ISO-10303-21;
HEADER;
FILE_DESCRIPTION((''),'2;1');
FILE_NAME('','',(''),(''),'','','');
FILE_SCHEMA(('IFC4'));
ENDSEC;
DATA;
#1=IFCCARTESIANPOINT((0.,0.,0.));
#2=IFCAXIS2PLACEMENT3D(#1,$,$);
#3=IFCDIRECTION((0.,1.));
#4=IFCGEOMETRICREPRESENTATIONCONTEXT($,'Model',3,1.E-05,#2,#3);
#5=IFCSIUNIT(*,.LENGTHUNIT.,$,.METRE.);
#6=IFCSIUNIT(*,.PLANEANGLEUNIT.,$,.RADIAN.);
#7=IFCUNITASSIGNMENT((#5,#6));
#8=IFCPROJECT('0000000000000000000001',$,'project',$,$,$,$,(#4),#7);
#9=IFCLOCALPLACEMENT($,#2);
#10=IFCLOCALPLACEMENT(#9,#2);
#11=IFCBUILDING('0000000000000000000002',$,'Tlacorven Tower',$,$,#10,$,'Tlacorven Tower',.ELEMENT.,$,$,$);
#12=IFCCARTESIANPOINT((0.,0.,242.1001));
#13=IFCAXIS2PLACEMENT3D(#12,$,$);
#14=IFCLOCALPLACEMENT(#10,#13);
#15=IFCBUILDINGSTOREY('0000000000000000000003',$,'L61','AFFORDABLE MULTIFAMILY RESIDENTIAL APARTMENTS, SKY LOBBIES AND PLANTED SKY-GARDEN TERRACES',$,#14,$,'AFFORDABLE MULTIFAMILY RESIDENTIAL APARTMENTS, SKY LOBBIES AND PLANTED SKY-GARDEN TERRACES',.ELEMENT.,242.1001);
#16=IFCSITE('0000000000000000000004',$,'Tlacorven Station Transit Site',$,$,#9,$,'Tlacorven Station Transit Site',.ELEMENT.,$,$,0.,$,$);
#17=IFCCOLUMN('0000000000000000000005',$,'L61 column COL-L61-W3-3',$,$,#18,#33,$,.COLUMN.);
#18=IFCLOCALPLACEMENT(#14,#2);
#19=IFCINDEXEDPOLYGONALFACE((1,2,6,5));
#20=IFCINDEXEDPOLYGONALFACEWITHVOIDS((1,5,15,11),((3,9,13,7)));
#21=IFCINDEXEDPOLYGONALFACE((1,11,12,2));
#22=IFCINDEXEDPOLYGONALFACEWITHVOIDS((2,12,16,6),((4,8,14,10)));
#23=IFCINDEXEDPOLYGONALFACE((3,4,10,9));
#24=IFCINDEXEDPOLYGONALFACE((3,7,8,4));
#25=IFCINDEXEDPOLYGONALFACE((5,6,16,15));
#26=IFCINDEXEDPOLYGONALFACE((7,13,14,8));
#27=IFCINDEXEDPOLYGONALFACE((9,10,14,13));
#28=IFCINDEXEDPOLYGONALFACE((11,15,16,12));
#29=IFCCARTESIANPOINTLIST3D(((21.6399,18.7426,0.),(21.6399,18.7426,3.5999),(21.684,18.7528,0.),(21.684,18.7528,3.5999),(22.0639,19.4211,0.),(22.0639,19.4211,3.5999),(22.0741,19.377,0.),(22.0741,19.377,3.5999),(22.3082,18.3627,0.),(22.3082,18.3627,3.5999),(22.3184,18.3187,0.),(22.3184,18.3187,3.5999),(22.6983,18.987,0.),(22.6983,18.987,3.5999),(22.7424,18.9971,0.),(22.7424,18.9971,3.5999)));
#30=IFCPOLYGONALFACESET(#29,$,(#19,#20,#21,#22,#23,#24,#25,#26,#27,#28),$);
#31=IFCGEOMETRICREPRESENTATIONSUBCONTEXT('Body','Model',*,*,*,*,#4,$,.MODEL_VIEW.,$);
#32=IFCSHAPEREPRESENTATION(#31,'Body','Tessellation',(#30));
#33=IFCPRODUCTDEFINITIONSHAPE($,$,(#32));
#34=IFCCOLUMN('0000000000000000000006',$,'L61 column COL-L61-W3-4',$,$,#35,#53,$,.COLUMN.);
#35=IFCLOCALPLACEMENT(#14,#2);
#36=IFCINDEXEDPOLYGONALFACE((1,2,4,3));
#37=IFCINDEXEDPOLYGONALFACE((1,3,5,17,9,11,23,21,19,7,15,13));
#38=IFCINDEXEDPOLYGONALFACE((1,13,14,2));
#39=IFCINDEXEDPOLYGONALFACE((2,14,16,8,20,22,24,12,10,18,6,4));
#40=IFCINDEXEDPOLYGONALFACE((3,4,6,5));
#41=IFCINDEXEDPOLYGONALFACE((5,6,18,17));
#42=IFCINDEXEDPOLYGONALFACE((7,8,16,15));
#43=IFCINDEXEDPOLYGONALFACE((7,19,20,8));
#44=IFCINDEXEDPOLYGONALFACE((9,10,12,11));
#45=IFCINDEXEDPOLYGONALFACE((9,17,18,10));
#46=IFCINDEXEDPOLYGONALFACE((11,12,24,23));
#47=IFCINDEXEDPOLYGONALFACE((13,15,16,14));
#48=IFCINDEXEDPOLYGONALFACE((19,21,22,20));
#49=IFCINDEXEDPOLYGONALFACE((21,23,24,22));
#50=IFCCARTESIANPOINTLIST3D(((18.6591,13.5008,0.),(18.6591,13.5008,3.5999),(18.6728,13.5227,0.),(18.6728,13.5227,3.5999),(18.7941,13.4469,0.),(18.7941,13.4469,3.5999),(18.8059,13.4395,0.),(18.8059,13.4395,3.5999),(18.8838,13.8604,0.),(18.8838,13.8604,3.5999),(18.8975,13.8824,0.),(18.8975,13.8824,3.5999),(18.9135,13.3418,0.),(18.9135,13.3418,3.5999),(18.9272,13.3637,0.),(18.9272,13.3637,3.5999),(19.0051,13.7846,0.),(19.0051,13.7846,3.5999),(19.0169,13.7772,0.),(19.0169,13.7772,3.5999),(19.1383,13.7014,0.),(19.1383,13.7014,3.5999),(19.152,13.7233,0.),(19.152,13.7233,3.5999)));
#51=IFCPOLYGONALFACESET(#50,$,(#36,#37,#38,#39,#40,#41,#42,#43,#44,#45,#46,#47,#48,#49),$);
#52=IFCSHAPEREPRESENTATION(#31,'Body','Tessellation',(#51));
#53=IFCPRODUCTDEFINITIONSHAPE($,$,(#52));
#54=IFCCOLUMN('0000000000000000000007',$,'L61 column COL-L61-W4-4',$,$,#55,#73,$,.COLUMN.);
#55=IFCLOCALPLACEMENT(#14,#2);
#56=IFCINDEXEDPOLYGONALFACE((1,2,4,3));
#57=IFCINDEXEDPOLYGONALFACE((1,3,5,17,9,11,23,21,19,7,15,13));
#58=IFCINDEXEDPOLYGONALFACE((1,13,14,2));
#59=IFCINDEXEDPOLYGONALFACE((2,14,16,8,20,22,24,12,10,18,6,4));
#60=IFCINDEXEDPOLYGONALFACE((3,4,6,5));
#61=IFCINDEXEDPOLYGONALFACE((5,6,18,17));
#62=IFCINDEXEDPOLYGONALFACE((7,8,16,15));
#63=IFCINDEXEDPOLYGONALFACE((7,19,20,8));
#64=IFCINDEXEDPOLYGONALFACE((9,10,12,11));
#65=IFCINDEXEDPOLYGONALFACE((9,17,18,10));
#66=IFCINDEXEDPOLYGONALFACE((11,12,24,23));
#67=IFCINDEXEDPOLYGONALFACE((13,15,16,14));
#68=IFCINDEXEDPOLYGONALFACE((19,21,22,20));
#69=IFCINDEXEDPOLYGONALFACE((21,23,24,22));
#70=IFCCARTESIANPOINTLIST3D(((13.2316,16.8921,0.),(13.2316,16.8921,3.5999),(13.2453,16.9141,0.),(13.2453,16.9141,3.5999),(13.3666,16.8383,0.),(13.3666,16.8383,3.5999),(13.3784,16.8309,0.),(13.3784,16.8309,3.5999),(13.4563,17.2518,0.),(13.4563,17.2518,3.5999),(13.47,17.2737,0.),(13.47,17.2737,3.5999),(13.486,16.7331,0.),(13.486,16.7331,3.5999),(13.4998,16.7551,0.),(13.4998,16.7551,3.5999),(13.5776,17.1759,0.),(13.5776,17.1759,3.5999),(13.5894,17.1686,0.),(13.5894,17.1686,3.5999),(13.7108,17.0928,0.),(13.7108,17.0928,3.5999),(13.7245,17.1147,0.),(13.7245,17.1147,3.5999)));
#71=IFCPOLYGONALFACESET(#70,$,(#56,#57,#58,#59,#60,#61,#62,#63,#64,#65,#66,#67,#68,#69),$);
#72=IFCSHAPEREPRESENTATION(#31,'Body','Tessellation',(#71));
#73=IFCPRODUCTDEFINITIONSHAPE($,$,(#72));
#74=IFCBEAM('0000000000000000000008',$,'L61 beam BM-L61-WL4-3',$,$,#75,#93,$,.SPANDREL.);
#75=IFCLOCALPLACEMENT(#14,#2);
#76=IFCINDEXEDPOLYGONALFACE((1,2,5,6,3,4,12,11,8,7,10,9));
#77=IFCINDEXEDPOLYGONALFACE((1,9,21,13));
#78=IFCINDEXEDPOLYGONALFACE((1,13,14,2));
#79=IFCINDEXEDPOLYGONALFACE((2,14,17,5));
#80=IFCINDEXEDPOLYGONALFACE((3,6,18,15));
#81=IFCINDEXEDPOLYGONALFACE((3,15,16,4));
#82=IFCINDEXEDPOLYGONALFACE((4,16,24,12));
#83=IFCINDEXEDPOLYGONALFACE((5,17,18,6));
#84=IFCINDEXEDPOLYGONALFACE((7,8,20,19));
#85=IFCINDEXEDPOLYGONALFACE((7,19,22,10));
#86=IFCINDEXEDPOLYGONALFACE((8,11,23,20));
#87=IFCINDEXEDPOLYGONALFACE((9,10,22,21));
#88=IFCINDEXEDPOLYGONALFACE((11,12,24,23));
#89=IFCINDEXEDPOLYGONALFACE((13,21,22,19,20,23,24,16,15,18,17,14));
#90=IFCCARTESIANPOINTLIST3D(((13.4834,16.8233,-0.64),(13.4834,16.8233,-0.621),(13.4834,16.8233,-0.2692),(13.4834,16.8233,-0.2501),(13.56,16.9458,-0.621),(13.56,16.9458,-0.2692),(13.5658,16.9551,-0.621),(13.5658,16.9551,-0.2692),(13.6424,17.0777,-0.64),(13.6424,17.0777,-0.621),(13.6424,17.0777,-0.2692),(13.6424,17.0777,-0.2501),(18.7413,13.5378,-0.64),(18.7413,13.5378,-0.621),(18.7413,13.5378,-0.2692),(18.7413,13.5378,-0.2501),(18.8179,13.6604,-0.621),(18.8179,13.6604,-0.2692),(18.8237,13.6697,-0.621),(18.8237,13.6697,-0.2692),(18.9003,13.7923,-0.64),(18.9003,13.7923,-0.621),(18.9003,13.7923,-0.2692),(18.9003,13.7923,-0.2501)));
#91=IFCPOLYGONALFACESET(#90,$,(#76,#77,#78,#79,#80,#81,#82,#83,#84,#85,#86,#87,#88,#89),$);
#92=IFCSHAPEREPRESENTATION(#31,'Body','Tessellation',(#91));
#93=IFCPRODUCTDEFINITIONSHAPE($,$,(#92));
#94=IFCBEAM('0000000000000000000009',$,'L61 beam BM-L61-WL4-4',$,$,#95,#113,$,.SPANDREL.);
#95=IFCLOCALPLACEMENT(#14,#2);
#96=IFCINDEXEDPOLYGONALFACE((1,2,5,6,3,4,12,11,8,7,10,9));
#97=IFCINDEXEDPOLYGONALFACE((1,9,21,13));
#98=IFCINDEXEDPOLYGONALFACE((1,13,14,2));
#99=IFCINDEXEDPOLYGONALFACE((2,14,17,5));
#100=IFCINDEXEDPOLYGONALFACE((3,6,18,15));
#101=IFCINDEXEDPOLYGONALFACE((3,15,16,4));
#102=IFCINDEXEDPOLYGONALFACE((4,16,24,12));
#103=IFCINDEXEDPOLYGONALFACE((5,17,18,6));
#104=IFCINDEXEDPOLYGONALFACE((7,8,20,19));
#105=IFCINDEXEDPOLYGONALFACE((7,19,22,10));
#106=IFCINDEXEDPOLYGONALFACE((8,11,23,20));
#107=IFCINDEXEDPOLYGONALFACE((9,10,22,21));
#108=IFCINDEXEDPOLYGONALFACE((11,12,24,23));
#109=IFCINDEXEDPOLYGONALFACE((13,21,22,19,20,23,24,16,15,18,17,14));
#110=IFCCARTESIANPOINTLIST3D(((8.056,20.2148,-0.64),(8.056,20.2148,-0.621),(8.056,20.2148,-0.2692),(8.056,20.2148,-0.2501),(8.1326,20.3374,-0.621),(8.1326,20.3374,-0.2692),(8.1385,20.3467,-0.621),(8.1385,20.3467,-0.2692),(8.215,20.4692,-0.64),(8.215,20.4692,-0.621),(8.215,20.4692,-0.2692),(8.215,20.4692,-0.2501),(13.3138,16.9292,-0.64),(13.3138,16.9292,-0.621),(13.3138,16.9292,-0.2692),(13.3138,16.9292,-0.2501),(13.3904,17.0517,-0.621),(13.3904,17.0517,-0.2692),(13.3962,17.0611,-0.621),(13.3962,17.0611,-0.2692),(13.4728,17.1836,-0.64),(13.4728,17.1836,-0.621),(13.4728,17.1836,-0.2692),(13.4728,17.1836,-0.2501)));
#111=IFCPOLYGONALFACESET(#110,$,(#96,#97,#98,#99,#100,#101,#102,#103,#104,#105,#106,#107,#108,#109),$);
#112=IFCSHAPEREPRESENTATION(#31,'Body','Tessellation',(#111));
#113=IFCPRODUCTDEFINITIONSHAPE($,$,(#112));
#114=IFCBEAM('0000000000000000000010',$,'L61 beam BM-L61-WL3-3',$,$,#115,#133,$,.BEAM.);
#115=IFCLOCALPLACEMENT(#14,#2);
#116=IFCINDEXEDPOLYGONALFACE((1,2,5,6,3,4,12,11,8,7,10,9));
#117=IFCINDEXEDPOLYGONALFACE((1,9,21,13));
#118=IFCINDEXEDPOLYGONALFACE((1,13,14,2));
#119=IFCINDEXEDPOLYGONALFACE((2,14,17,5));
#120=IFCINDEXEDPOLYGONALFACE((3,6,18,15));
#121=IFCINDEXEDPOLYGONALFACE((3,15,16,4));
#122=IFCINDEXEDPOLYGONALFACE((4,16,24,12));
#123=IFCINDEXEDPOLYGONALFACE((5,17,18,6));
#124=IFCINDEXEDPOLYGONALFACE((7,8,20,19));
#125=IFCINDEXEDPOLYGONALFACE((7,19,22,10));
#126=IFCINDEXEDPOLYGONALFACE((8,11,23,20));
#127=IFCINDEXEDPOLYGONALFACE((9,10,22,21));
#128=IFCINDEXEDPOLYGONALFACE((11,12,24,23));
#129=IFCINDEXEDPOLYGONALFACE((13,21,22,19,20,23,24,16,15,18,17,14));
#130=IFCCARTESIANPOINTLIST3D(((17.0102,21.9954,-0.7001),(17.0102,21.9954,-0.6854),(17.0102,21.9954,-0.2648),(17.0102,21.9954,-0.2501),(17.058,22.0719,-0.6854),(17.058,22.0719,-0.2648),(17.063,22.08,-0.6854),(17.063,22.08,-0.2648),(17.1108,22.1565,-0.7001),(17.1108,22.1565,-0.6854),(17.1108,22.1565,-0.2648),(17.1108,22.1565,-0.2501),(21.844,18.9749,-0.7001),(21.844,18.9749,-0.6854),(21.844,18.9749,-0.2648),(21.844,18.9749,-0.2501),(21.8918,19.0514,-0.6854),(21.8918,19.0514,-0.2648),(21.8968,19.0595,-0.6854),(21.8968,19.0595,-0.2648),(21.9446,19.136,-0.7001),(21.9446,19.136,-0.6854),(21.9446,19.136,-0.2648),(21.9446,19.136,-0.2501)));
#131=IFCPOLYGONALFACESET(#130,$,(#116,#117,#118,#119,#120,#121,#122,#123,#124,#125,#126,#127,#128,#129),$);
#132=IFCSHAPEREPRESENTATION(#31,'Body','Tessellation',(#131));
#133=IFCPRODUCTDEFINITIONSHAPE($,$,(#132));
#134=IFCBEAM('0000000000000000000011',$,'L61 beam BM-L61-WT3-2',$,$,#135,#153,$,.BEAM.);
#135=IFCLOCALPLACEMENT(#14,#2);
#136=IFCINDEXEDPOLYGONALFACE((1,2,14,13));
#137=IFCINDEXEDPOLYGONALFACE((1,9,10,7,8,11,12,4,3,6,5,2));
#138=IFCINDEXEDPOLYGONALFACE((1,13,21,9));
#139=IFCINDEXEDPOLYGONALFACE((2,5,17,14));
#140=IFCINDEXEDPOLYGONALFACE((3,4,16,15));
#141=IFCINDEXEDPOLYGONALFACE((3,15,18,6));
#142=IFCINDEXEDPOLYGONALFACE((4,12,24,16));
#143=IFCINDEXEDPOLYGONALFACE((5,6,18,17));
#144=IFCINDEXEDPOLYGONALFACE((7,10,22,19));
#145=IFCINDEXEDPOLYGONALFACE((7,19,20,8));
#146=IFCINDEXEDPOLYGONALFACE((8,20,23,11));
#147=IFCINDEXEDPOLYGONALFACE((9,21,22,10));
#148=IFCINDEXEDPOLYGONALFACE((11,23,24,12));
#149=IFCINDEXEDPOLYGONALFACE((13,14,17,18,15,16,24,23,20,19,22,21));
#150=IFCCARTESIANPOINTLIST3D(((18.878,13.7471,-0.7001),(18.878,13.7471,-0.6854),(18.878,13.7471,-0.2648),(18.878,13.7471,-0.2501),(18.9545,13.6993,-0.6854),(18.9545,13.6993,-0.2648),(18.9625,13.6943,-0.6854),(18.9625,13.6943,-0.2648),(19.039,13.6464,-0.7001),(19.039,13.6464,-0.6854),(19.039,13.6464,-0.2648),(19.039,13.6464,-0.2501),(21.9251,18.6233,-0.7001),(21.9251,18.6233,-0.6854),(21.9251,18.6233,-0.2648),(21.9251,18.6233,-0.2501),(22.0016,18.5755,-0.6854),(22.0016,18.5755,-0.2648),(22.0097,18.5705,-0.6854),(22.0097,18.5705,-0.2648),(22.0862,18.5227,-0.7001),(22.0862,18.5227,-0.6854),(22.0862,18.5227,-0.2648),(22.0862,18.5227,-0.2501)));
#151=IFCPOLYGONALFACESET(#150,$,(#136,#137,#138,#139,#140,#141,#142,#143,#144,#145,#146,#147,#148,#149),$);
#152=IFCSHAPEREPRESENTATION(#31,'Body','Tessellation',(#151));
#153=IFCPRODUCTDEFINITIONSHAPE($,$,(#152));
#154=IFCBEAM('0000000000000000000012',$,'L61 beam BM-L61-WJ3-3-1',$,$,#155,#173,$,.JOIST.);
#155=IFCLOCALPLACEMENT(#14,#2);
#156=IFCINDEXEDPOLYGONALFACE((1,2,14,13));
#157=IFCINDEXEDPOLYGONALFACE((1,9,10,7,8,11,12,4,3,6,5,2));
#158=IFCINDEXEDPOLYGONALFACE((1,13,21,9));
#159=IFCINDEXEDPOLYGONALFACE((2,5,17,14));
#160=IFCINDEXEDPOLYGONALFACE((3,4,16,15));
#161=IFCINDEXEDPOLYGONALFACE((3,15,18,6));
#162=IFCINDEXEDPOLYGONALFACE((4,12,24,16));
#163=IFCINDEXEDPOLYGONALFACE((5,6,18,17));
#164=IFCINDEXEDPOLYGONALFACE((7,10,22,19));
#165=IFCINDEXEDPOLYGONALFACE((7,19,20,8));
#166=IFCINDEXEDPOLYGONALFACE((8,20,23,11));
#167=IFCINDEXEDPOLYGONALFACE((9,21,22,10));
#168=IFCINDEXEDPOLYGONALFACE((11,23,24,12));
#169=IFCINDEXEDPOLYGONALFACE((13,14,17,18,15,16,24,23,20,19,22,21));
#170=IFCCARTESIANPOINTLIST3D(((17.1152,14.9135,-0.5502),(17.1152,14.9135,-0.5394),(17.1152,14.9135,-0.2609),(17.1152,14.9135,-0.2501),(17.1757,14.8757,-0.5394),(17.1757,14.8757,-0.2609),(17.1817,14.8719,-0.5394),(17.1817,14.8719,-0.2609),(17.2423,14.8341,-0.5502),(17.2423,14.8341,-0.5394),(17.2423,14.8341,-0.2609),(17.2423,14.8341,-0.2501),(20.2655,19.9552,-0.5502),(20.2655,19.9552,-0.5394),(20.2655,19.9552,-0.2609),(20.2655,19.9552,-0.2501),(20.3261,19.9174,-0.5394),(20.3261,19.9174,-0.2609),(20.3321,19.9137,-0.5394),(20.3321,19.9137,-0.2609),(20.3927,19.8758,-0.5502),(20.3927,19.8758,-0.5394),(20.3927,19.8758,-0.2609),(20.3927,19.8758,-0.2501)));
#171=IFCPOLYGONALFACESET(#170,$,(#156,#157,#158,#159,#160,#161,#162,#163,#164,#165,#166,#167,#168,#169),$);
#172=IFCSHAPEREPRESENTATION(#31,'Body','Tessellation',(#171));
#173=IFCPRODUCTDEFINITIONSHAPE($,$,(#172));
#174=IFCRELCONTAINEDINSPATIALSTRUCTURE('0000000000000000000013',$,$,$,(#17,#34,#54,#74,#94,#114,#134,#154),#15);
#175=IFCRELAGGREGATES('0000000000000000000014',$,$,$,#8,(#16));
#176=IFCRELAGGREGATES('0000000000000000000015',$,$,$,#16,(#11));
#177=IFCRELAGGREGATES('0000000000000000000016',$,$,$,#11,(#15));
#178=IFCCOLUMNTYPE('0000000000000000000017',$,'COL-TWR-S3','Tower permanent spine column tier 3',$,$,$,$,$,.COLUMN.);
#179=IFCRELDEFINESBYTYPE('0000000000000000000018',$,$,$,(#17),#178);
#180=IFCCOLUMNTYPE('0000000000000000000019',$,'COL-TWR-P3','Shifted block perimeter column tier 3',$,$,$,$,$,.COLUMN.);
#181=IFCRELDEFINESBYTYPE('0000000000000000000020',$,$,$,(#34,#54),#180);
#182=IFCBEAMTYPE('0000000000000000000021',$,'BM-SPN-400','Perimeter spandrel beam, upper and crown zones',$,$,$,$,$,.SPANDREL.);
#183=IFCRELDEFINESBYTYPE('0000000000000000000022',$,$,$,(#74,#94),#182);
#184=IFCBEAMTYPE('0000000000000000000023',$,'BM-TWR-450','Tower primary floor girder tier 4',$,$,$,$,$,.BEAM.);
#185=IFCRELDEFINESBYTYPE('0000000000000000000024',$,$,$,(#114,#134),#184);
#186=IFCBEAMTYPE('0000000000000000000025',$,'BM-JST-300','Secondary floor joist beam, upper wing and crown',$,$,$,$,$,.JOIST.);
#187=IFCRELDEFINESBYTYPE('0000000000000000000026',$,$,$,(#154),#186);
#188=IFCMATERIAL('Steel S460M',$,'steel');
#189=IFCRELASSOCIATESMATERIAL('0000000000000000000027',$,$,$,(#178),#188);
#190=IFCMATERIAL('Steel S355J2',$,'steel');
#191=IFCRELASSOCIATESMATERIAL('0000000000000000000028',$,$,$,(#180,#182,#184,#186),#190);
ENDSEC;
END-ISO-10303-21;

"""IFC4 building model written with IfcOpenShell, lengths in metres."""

from ifc_helpers import new_model, si_unit, direction, frame, origin, origin_2d, place, context, subcontext, project, spatial, hollow_rectangle, i_section, extrude, source, transform, mapped, material, material_profile, profile_set, type_object, element, save


model = new_model("IFC4")

# Units and contexts
model_context = context("Model", 3, precision=1e-05, world=origin(), true_north=direction((0.0, 1.0)))
body_context = subcontext(model_context, "Body", "Model", "MODEL_VIEW")
ifc_project = project(units=[si_unit("LENGTHUNIT", "METRE"), si_unit("PLANEANGLEUNIT", "RADIAN")], contexts=[model_context])

# Site, building, storey
site_placement = place(None, origin())
site = spatial("IfcSite", under=ifc_project, at=site_placement, Name="Tlacorven Station Transit Site", LongName="Tlacorven Station Transit Site", CompositionType="ELEMENT", RefElevation=0.0)
building_placement = place(site_placement, origin())
building = spatial("IfcBuilding", under=site, at=building_placement, Name="Tlacorven Tower", LongName="Tlacorven Tower", CompositionType="ELEMENT")
storey_placement = place(building_placement, frame((0.0, 0.0, 242.1001)))
storey = spatial("IfcBuildingStorey", under=building, at=storey_placement, Name="L61", Description="AFFORDABLE MULTIFAMILY RESIDENTIAL APARTMENTS, SKY LOBBIES AND PLANTED SKY-GARDEN TERRACES", LongName="AFFORDABLE MULTIFAMILY RESIDENTIAL APARTMENTS, SKY LOBBIES AND PLANTED SKY-GARDEN TERRACES", CompositionType="ELEMENT", Elevation=242.1001)

# Columns
ifc_material_1 = material(Name="Steel S460M", Category="steel")
ifc_material_profile_1 = material_profile(ifc_material_1, hollow_rectangle(XDim=0.8, YDim=0.8, WallThickness=0.032, at=origin_2d()), Name="BOX 800X800X32")
ifc_profile_set_1 = profile_set([ifc_material_profile_1], Name="Steel S460M")
column_type_1 = type_object("IfcColumnType", Name="COL-TWR-S3", Description="Tower permanent spine column tier 3", PredefinedType="COLUMN", material=ifc_profile_set_1)
shared_shape_1 = source(origin(), body_context, "Body", "SweptSolid", [
    extrude(hollow_rectangle(XDim=0.8, YDim=0.8, WallThickness=0.032, at=origin_2d()), origin(), (0.0, 0.0, 1.0), 3.5999),
])
column_placement = place(storey_placement, frame((22.1912, 18.8699, 0.0), z_axis=(0.0, 0.0, 1.0), x_axis=(-0.848048, 0.529919, 0.0)))
element("IfcColumn", 1, at=column_placement, inside=storey, type_object=column_type_1, Name="L61 column COL-L61-W3-3", PredefinedType="COLUMN", context=body_context, shape_type="MappedRepresentation", body=[
    mapped(shared_shape_1, transform((0.0, 0.0, 0.0), scale=1.0)),
])
ifc_material_2 = material(Name="Steel S355J2", Category="steel")
ifc_material_profile_2 = material_profile(ifc_material_2, i_section(OverallWidth=0.3, OverallDepth=0.45, WebThickness=0.0139, FlangeThickness=0.0259, at=origin_2d()), Name="HEB 450")
ifc_profile_set_2 = profile_set([ifc_material_profile_2], Name="Steel S355J2")
column_type_2 = type_object("IfcColumnType", Name="COL-TWR-P3", Description="Shifted block perimeter column tier 3", PredefinedType="COLUMN", material=ifc_profile_set_2)
shared_shape_2 = source(origin(), body_context, "Body", "SweptSolid", [
    extrude(i_section(OverallWidth=0.3, OverallDepth=0.45, WebThickness=0.0139, FlangeThickness=0.0259, at=origin_2d()), origin(), (0.0, 0.0, 1.0), 3.5999),
])
for number, where, z_axis, x_axis, name in (
    (2, (18.9055, 13.6121, 0.0), (0.0, 0.0, 1.0), (-0.848048, 0.529919, 0.0), "L61 column COL-L61-W3-4"),
    (3, (13.478, 17.0034, 0.0), (0.0, 0.0, 1.0), (-0.848048, 0.529919, 0.0), "L61 column COL-L61-W4-4"),
):
    element("IfcColumn", number, at=place(storey_placement, frame(where, z_axis=z_axis, x_axis=x_axis)), inside=storey, type_object=column_type_2, Name=name, PredefinedType="COLUMN", context=body_context, shape_type="MappedRepresentation", body=[
        mapped(shared_shape_2, transform((0.0, 0.0, 0.0), scale=1.0)),
    ])

# Beams
ifc_material_profile_3 = material_profile(ifc_material_2, i_section(OverallWidth=0.3, OverallDepth=0.3899, WebThickness=0.011, FlangeThickness=0.019, at=origin_2d()), Name="HEA 400")
ifc_profile_set_3 = profile_set([ifc_material_profile_3], Name="Steel S355J2")
beam_type_1 = type_object("IfcBeamType", Name="BM-SPN-400", Description="Perimeter spandrel beam, upper and crown zones", PredefinedType="SPANDREL", material=ifc_profile_set_3)
shared_shape_3 = source(origin(), body_context, "Body", "SweptSolid", [
    extrude(i_section(OverallWidth=0.3, OverallDepth=0.3899, WebThickness=0.011, FlangeThickness=0.019, at=origin_2d()), origin(), (0.0, 0.0, 1.0), 6.2),
])
for number, where, z_axis, x_axis, name in (
    (4, (18.8208, 13.665, -0.4451), (-0.848051, 0.529914, 0.0), (-0.529914, -0.848051, 0.0), "L61 beam BM-L61-WL4-3"),
    (5, (13.3933, 17.0564, -0.4451), (-0.848034, 0.529942, 0.0), (-0.529942, -0.848034, 0.0), "L61 beam BM-L61-WL4-4"),
):
    element("IfcBeam", number, at=place(storey_placement, frame(where, z_axis=z_axis, x_axis=x_axis)), inside=storey, type_object=beam_type_1, Name=name, PredefinedType="SPANDREL", context=body_context, shape_type="MappedRepresentation", body=[
        mapped(shared_shape_3, transform((0.0, 0.0, 0.0), scale=1.0)),
    ])
ifc_material_profile_4 = material_profile(ifc_material_2, i_section(OverallWidth=0.1899, OverallDepth=0.45, WebThickness=0.0095, FlangeThickness=0.0146, at=origin_2d()), Name="IPE 450")
ifc_profile_set_4 = profile_set([ifc_material_profile_4], Name="Steel S355J2")
beam_type_2 = type_object("IfcBeamType", Name="BM-TWR-450", Description="Tower primary floor girder tier 4", PredefinedType="BEAM", material=ifc_profile_set_4)
shared_shape_4 = source(origin(), body_context, "Body", "SweptSolid", [
    extrude(i_section(OverallWidth=0.1899, OverallDepth=0.45, WebThickness=0.0095, FlangeThickness=0.0146, at=origin_2d()), origin(), (0.0, 0.0, 1.0), 5.7),
])
beam_1_placement = place(storey_placement, frame((21.8943, 19.0554, -0.4751), z_axis=(-0.848044, 0.529926, 0.0), x_axis=(-0.529926, -0.848044, 0.0)))
element("IfcBeam", 6, at=beam_1_placement, inside=storey, type_object=beam_type_2, Name="L61 beam BM-L61-WL3-3", PredefinedType="BEAM", context=body_context, shape_type="MappedRepresentation", body=[
    mapped(shared_shape_4, transform((0.0, 0.0, 0.0), scale=1.0)),
])
shared_shape_5 = source(origin(), body_context, "Body", "SweptSolid", [
    extrude(i_section(OverallWidth=0.1899, OverallDepth=0.45, WebThickness=0.0095, FlangeThickness=0.0146, at=origin_2d()), origin(), (0.0, 0.0, 1.0), 5.75),
])
beam_2_placement = place(storey_placement, frame((22.0056, 18.573, -0.4751), z_axis=(-0.529934, -0.848039, 0.0), x_axis=(0.848039, -0.529934, 0.0)))
element("IfcBeam", 7, at=beam_2_placement, inside=storey, type_object=beam_type_2, Name="L61 beam BM-L61-WT3-2", PredefinedType="BEAM", context=body_context, shape_type="MappedRepresentation", body=[
    mapped(shared_shape_5, transform((0.0, 0.0, 0.0), scale=1.0)),
])
ifc_material_profile_5 = material_profile(ifc_material_2, i_section(OverallWidth=0.1499, OverallDepth=0.3, WebThickness=0.0071, FlangeThickness=0.0107, at=origin_2d()), Name="IPE 300")
ifc_profile_set_5 = profile_set([ifc_material_profile_5], Name="Steel S355J2")
beam_type_3 = type_object("IfcBeamType", Name="BM-JST-300", Description="Secondary floor joist beam, upper wing and crown", PredefinedType="JOIST", material=ifc_profile_set_5)
shared_shape_6 = source(origin(), body_context, "Body", "SweptSolid", [
    extrude(i_section(OverallWidth=0.1499, OverallDepth=0.3, WebThickness=0.0071, FlangeThickness=0.0107, at=origin_2d()), origin(), (0.0, 0.0, 1.0), 5.9451),
])
beam_3_placement = place(storey_placement, frame((20.3291, 19.9155, -0.4001), z_axis=(-0.529914, -0.848051, 0.0), x_axis=(0.848051, -0.529914, 0.0)))
element("IfcBeam", 8, at=beam_3_placement, inside=storey, type_object=beam_type_3, Name="L61 beam BM-L61-WJ3-3-1", PredefinedType="JOIST", context=body_context, shape_type="MappedRepresentation", body=[
    mapped(shared_shape_6, transform((0.0, 0.0, 0.0), scale=1.0)),
])

save(model, "model.ifc")
